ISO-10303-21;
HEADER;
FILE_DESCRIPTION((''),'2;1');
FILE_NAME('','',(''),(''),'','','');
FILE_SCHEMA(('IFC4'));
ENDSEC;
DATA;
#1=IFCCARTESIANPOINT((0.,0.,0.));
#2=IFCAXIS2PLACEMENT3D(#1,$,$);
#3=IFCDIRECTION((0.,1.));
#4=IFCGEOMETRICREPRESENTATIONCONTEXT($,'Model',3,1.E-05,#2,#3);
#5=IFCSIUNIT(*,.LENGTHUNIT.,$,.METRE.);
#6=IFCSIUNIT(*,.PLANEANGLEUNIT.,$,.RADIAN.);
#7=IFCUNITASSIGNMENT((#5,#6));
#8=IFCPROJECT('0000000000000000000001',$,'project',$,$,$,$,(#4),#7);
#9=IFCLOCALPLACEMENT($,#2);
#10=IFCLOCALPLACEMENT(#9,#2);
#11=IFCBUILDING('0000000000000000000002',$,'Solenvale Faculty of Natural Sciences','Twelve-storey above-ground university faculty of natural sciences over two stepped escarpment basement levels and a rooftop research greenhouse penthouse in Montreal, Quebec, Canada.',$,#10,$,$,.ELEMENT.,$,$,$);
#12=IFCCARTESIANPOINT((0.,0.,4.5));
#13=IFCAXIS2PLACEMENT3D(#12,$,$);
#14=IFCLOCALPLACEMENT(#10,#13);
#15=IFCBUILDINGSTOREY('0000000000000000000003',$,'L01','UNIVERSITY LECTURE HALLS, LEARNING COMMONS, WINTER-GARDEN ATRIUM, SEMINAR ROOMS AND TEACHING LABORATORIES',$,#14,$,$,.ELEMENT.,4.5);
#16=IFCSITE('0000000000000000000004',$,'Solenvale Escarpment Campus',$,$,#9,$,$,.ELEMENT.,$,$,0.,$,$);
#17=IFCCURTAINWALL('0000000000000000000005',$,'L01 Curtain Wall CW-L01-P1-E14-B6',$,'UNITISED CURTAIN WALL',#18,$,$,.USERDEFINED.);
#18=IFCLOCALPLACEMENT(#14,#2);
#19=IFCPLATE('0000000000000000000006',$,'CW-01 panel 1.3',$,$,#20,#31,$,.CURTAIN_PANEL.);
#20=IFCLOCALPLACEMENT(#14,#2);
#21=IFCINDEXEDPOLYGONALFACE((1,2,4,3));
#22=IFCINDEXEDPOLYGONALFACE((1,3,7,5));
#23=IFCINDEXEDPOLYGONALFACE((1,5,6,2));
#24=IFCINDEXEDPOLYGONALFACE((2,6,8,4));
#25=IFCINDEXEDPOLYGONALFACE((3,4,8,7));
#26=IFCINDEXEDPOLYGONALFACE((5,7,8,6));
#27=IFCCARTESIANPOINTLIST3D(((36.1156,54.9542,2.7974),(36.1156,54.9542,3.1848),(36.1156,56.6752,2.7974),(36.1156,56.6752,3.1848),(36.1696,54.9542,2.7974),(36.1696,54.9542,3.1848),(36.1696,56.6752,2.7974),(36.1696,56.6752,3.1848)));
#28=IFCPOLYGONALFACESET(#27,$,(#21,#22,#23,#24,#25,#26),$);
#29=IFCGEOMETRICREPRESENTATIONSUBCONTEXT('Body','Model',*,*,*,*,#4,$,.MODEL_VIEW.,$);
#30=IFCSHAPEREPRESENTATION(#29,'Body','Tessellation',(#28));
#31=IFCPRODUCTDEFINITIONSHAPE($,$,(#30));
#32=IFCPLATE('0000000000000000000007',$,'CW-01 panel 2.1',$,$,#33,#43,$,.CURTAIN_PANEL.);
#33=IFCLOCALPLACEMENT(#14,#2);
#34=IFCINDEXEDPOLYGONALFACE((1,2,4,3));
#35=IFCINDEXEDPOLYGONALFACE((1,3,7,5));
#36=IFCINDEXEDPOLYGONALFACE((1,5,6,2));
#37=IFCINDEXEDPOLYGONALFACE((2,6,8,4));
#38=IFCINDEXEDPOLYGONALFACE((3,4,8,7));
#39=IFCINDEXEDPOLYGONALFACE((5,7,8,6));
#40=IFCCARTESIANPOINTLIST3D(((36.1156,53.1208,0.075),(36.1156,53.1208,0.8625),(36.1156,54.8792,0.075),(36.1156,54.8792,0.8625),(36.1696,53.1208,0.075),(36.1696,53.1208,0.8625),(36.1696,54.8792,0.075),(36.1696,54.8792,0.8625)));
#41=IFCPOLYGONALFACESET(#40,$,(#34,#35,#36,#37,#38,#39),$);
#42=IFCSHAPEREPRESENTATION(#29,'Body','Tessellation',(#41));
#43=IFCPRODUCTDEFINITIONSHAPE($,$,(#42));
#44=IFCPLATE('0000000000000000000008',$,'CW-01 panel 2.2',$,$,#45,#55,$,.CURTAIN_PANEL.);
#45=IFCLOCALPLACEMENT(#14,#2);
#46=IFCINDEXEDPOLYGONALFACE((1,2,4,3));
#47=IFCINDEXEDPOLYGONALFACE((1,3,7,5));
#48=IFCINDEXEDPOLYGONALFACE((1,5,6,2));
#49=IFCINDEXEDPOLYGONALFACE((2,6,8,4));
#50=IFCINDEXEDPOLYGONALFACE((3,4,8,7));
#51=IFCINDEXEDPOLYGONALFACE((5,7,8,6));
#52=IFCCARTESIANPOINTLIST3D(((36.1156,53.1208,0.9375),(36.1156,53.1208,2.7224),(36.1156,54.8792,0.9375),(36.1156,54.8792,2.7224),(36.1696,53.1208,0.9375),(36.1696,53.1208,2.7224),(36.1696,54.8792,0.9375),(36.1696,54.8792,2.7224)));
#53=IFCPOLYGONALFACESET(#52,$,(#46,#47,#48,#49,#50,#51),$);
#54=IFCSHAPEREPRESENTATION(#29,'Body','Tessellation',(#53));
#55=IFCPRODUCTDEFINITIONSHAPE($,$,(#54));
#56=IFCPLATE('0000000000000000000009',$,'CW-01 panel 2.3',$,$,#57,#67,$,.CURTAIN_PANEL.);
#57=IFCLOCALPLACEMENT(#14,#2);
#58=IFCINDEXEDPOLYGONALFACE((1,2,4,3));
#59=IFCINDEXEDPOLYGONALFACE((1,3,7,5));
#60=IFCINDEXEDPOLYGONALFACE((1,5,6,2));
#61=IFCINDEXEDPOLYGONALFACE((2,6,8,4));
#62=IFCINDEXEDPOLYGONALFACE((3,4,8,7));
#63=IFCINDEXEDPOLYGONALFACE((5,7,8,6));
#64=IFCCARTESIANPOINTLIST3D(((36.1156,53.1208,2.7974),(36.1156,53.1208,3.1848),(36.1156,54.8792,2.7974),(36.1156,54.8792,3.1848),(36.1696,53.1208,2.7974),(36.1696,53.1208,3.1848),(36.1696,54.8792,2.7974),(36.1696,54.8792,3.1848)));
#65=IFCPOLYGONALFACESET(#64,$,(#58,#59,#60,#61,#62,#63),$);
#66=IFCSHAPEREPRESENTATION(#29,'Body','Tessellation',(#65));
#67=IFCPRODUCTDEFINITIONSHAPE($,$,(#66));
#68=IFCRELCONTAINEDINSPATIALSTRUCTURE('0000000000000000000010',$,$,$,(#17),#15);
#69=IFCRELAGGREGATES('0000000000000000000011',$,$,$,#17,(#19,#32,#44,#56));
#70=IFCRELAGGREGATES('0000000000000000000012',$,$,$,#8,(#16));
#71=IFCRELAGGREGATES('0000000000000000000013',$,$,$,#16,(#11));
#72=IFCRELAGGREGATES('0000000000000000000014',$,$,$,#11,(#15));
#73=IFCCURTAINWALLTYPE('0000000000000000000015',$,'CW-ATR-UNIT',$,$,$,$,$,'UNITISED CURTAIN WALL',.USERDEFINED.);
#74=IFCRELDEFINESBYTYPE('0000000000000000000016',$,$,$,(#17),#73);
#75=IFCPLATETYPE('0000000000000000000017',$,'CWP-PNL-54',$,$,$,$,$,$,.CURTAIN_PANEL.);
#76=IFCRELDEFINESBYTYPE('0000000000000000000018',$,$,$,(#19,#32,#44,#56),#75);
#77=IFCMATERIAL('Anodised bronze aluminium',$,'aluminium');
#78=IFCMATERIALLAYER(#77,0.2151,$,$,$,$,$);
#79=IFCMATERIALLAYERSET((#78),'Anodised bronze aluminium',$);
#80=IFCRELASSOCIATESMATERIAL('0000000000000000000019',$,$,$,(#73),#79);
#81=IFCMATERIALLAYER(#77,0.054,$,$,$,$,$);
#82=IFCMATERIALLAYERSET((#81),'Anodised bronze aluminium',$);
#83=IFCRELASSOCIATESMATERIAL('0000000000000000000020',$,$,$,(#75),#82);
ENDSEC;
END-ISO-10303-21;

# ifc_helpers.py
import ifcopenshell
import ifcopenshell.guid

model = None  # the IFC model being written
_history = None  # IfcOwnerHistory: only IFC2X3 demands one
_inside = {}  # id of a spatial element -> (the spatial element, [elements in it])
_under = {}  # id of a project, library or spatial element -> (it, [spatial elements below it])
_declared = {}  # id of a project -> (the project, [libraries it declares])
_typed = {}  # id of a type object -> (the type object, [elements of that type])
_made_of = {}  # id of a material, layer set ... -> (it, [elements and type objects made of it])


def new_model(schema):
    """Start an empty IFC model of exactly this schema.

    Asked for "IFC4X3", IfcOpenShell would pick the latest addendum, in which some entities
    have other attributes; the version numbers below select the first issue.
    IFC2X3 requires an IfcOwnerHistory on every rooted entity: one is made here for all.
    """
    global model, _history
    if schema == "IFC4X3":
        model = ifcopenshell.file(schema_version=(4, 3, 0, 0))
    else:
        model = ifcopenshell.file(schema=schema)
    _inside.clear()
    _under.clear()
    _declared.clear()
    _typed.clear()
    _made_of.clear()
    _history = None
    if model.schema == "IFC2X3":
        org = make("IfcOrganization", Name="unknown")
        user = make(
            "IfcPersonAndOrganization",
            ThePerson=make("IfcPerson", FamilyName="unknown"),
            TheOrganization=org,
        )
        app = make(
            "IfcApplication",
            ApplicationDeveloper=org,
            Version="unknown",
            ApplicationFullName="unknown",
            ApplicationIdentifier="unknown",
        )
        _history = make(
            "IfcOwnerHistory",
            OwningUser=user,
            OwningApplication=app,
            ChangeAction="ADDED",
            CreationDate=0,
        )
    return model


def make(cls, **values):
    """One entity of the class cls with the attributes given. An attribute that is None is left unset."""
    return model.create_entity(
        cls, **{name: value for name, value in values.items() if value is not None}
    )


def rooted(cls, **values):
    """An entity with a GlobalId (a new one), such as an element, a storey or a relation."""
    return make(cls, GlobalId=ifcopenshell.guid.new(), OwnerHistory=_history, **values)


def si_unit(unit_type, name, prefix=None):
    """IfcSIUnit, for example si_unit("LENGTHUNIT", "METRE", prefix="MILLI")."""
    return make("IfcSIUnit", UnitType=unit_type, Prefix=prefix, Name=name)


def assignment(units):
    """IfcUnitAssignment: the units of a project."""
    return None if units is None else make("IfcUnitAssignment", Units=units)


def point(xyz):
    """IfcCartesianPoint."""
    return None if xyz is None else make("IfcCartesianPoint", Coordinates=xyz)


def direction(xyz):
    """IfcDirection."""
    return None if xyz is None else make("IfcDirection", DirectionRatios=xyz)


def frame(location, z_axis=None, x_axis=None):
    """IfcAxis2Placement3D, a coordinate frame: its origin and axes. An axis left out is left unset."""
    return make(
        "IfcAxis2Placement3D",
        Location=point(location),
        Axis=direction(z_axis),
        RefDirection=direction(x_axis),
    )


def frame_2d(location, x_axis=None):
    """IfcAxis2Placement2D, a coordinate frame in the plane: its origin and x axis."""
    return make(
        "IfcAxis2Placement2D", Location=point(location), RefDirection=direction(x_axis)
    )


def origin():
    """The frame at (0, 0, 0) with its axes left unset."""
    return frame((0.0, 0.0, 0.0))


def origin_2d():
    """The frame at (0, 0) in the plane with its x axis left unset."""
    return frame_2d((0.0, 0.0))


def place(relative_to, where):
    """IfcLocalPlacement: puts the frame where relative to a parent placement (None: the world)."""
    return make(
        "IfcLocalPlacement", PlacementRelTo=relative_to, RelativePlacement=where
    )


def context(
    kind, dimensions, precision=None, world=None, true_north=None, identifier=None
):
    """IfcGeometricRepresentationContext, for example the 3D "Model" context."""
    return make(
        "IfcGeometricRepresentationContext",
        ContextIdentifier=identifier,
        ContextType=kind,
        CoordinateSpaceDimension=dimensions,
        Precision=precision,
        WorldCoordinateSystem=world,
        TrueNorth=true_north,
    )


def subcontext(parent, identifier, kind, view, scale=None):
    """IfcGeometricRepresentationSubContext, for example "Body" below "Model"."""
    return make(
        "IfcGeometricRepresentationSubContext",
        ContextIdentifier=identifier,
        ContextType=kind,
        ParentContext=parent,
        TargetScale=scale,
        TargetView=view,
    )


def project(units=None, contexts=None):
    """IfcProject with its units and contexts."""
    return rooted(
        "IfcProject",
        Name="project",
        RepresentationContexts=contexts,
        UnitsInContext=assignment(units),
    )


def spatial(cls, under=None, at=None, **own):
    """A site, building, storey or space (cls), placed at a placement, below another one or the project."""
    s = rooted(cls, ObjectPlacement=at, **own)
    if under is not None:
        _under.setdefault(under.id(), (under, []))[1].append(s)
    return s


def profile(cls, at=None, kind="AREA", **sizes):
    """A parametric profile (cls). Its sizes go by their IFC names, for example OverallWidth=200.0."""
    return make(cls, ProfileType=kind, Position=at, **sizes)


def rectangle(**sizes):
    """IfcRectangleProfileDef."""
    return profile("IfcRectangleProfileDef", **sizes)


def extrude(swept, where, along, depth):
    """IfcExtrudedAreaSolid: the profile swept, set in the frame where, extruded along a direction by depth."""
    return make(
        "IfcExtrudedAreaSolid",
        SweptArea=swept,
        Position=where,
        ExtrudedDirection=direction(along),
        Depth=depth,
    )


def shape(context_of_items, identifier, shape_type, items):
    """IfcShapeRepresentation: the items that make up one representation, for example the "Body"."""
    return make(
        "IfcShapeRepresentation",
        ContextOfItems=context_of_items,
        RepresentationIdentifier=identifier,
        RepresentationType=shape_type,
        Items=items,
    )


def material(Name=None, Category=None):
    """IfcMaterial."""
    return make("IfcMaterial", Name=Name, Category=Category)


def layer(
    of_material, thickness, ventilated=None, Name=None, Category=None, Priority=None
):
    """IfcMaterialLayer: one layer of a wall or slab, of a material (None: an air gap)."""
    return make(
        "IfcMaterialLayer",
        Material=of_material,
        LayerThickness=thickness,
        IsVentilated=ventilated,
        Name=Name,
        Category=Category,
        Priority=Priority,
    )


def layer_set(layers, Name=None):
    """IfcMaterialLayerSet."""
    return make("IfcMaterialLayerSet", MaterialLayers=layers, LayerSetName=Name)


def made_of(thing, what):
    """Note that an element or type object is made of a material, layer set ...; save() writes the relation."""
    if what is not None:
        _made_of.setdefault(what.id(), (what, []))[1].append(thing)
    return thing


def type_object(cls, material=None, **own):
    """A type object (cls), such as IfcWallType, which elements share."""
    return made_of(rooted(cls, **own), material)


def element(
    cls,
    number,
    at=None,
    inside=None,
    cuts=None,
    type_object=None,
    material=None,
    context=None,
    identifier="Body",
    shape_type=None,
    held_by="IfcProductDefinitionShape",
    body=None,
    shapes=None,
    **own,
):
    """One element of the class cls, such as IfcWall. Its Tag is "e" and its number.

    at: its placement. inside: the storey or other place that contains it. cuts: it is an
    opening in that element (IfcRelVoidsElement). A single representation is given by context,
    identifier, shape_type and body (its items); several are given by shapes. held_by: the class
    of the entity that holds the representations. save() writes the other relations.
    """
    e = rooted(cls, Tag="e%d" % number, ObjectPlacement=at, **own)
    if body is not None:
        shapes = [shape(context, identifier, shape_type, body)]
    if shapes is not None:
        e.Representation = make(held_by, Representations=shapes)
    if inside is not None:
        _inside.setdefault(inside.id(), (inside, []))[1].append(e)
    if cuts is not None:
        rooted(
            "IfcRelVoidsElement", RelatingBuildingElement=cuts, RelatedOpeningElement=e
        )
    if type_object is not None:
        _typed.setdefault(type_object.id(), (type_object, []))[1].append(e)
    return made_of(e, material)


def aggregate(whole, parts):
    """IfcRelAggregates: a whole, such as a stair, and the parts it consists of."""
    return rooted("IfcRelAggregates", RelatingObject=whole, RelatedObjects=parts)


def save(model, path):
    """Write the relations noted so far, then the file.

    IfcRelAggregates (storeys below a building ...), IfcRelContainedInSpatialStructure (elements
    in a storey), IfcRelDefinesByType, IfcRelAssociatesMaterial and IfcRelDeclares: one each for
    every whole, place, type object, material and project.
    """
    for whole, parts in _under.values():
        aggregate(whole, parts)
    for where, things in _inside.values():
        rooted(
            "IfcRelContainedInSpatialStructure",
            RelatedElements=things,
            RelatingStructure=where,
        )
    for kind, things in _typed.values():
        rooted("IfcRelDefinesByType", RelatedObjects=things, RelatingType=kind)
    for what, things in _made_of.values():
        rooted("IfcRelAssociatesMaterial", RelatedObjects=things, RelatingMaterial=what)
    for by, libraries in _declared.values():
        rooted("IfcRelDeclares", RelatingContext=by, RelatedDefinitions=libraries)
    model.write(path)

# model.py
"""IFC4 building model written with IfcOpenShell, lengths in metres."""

from ifc_helpers import new_model, si_unit, direction, frame, origin, origin_2d, place, context, subcontext, project, spatial, rectangle, extrude, material, layer, layer_set, type_object, element, aggregate, save


model = new_model("IFC4")

# Units and contexts
model_context = context("Model", 3, precision=1e-05, world=origin(), true_north=direction((0.0, 1.0)))
body_context = subcontext(model_context, "Body", "Model", "MODEL_VIEW")
ifc_project = project(units=[si_unit("LENGTHUNIT", "METRE"), si_unit("PLANEANGLEUNIT", "RADIAN")], contexts=[model_context])

# Site, building, storey
site_placement = place(None, origin())
site = spatial("IfcSite", under=ifc_project, at=site_placement, Name="Solenvale Escarpment Campus", CompositionType="ELEMENT", RefElevation=0.0)
building_placement = place(site_placement, origin())
building = spatial("IfcBuilding", under=site, at=building_placement, Name="Solenvale Faculty of Natural Sciences", Description="Twelve-storey above-ground university faculty of natural sciences over two stepped escarpment basement levels and a rooftop research greenhouse penthouse in Montreal, Quebec, Canada.", CompositionType="ELEMENT")
storey_placement = place(building_placement, frame((0.0, 0.0, 4.5)))
storey = spatial("IfcBuildingStorey", under=building, at=storey_placement, Name="L01", Description="UNIVERSITY LECTURE HALLS, LEARNING COMMONS, WINTER-GARDEN ATRIUM, SEMINAR ROOMS AND TEACHING LABORATORIES", CompositionType="ELEMENT", Elevation=4.5)

# Curtain wall, plates
ifc_material_1 = material(Name="Anodised bronze aluminium", Category="aluminium")
ifc_layer_1 = layer(ifc_material_1, 0.2151)
ifc_layer_set_1 = layer_set([ifc_layer_1], Name="Anodised bronze aluminium")
curtain_wall_type = type_object("IfcCurtainWallType", Name="CW-ATR-UNIT", ElementType="UNITISED CURTAIN WALL", PredefinedType="USERDEFINED", material=ifc_layer_set_1)
curtain_wall_placement = place(storey_placement, origin())
curtain_wall = element("IfcCurtainWall", 1, at=curtain_wall_placement, inside=storey, type_object=curtain_wall_type, Name="L01 Curtain Wall CW-L01-P1-E14-B6", ObjectType="UNITISED CURTAIN WALL", PredefinedType="USERDEFINED")
ifc_layer_2 = layer(ifc_material_1, 0.054)
ifc_layer_set_2 = layer_set([ifc_layer_2], Name="Anodised bronze aluminium")
plate_type = type_object("IfcPlateType", Name="CWP-PNL-54", PredefinedType="CURTAIN_PANEL", material=ifc_layer_set_2)
plate_1_placement = place(storey_placement, frame((36.1426, 55.8147, 2.7974), z_axis=(0.0, 0.0, 1.0), x_axis=(0.0, -1.0, 0.0)))
plate_1 = element("IfcPlate", 2, at=plate_1_placement, type_object=plate_type, Name="CW-01 panel 1.3", PredefinedType="CURTAIN_PANEL", context=body_context, shape_type="SweptSolid", body=[
    extrude(rectangle(XDim=1.7209, YDim=0.054, at=origin_2d()), origin(), (0.0, 0.0, 1.0), 0.3875),
])
plate_2_placement = place(storey_placement, frame((36.1426, 54.0, 0.075), z_axis=(0.0, 0.0, 1.0), x_axis=(0.0, -1.0, 0.0)))
plate_2 = element("IfcPlate", 3, at=plate_2_placement, type_object=plate_type, Name="CW-01 panel 2.1", PredefinedType="CURTAIN_PANEL", context=body_context, shape_type="SweptSolid", body=[
    extrude(rectangle(XDim=1.7583, YDim=0.054, at=origin_2d()), origin(), (0.0, 0.0, 1.0), 0.7876),
])
plate_3_placement = place(storey_placement, frame((36.1426, 54.0, 0.9375), z_axis=(0.0, 0.0, 1.0), x_axis=(0.0, -1.0, 0.0)))
plate_3 = element("IfcPlate", 4, at=plate_3_placement, type_object=plate_type, Name="CW-01 panel 2.2", PredefinedType="CURTAIN_PANEL", context=body_context, shape_type="SweptSolid", body=[
    extrude(rectangle(XDim=1.7583, YDim=0.054, at=origin_2d()), origin(), (0.0, 0.0, 1.0), 1.7849),
])
plate_4_placement = place(storey_placement, frame((36.1426, 54.0, 2.7974), z_axis=(0.0, 0.0, 1.0), x_axis=(0.0, -1.0, 0.0)))
plate_4 = element("IfcPlate", 5, at=plate_4_placement, type_object=plate_type, Name="CW-01 panel 2.3", PredefinedType="CURTAIN_PANEL", context=body_context, shape_type="SweptSolid", body=[
    extrude(rectangle(XDim=1.7583, YDim=0.054, at=origin_2d()), origin(), (0.0, 0.0, 1.0), 0.3875),
])
aggregate(curtain_wall, [plate_1, plate_2, plate_3, plate_4])

save(model, "model.ifc")
